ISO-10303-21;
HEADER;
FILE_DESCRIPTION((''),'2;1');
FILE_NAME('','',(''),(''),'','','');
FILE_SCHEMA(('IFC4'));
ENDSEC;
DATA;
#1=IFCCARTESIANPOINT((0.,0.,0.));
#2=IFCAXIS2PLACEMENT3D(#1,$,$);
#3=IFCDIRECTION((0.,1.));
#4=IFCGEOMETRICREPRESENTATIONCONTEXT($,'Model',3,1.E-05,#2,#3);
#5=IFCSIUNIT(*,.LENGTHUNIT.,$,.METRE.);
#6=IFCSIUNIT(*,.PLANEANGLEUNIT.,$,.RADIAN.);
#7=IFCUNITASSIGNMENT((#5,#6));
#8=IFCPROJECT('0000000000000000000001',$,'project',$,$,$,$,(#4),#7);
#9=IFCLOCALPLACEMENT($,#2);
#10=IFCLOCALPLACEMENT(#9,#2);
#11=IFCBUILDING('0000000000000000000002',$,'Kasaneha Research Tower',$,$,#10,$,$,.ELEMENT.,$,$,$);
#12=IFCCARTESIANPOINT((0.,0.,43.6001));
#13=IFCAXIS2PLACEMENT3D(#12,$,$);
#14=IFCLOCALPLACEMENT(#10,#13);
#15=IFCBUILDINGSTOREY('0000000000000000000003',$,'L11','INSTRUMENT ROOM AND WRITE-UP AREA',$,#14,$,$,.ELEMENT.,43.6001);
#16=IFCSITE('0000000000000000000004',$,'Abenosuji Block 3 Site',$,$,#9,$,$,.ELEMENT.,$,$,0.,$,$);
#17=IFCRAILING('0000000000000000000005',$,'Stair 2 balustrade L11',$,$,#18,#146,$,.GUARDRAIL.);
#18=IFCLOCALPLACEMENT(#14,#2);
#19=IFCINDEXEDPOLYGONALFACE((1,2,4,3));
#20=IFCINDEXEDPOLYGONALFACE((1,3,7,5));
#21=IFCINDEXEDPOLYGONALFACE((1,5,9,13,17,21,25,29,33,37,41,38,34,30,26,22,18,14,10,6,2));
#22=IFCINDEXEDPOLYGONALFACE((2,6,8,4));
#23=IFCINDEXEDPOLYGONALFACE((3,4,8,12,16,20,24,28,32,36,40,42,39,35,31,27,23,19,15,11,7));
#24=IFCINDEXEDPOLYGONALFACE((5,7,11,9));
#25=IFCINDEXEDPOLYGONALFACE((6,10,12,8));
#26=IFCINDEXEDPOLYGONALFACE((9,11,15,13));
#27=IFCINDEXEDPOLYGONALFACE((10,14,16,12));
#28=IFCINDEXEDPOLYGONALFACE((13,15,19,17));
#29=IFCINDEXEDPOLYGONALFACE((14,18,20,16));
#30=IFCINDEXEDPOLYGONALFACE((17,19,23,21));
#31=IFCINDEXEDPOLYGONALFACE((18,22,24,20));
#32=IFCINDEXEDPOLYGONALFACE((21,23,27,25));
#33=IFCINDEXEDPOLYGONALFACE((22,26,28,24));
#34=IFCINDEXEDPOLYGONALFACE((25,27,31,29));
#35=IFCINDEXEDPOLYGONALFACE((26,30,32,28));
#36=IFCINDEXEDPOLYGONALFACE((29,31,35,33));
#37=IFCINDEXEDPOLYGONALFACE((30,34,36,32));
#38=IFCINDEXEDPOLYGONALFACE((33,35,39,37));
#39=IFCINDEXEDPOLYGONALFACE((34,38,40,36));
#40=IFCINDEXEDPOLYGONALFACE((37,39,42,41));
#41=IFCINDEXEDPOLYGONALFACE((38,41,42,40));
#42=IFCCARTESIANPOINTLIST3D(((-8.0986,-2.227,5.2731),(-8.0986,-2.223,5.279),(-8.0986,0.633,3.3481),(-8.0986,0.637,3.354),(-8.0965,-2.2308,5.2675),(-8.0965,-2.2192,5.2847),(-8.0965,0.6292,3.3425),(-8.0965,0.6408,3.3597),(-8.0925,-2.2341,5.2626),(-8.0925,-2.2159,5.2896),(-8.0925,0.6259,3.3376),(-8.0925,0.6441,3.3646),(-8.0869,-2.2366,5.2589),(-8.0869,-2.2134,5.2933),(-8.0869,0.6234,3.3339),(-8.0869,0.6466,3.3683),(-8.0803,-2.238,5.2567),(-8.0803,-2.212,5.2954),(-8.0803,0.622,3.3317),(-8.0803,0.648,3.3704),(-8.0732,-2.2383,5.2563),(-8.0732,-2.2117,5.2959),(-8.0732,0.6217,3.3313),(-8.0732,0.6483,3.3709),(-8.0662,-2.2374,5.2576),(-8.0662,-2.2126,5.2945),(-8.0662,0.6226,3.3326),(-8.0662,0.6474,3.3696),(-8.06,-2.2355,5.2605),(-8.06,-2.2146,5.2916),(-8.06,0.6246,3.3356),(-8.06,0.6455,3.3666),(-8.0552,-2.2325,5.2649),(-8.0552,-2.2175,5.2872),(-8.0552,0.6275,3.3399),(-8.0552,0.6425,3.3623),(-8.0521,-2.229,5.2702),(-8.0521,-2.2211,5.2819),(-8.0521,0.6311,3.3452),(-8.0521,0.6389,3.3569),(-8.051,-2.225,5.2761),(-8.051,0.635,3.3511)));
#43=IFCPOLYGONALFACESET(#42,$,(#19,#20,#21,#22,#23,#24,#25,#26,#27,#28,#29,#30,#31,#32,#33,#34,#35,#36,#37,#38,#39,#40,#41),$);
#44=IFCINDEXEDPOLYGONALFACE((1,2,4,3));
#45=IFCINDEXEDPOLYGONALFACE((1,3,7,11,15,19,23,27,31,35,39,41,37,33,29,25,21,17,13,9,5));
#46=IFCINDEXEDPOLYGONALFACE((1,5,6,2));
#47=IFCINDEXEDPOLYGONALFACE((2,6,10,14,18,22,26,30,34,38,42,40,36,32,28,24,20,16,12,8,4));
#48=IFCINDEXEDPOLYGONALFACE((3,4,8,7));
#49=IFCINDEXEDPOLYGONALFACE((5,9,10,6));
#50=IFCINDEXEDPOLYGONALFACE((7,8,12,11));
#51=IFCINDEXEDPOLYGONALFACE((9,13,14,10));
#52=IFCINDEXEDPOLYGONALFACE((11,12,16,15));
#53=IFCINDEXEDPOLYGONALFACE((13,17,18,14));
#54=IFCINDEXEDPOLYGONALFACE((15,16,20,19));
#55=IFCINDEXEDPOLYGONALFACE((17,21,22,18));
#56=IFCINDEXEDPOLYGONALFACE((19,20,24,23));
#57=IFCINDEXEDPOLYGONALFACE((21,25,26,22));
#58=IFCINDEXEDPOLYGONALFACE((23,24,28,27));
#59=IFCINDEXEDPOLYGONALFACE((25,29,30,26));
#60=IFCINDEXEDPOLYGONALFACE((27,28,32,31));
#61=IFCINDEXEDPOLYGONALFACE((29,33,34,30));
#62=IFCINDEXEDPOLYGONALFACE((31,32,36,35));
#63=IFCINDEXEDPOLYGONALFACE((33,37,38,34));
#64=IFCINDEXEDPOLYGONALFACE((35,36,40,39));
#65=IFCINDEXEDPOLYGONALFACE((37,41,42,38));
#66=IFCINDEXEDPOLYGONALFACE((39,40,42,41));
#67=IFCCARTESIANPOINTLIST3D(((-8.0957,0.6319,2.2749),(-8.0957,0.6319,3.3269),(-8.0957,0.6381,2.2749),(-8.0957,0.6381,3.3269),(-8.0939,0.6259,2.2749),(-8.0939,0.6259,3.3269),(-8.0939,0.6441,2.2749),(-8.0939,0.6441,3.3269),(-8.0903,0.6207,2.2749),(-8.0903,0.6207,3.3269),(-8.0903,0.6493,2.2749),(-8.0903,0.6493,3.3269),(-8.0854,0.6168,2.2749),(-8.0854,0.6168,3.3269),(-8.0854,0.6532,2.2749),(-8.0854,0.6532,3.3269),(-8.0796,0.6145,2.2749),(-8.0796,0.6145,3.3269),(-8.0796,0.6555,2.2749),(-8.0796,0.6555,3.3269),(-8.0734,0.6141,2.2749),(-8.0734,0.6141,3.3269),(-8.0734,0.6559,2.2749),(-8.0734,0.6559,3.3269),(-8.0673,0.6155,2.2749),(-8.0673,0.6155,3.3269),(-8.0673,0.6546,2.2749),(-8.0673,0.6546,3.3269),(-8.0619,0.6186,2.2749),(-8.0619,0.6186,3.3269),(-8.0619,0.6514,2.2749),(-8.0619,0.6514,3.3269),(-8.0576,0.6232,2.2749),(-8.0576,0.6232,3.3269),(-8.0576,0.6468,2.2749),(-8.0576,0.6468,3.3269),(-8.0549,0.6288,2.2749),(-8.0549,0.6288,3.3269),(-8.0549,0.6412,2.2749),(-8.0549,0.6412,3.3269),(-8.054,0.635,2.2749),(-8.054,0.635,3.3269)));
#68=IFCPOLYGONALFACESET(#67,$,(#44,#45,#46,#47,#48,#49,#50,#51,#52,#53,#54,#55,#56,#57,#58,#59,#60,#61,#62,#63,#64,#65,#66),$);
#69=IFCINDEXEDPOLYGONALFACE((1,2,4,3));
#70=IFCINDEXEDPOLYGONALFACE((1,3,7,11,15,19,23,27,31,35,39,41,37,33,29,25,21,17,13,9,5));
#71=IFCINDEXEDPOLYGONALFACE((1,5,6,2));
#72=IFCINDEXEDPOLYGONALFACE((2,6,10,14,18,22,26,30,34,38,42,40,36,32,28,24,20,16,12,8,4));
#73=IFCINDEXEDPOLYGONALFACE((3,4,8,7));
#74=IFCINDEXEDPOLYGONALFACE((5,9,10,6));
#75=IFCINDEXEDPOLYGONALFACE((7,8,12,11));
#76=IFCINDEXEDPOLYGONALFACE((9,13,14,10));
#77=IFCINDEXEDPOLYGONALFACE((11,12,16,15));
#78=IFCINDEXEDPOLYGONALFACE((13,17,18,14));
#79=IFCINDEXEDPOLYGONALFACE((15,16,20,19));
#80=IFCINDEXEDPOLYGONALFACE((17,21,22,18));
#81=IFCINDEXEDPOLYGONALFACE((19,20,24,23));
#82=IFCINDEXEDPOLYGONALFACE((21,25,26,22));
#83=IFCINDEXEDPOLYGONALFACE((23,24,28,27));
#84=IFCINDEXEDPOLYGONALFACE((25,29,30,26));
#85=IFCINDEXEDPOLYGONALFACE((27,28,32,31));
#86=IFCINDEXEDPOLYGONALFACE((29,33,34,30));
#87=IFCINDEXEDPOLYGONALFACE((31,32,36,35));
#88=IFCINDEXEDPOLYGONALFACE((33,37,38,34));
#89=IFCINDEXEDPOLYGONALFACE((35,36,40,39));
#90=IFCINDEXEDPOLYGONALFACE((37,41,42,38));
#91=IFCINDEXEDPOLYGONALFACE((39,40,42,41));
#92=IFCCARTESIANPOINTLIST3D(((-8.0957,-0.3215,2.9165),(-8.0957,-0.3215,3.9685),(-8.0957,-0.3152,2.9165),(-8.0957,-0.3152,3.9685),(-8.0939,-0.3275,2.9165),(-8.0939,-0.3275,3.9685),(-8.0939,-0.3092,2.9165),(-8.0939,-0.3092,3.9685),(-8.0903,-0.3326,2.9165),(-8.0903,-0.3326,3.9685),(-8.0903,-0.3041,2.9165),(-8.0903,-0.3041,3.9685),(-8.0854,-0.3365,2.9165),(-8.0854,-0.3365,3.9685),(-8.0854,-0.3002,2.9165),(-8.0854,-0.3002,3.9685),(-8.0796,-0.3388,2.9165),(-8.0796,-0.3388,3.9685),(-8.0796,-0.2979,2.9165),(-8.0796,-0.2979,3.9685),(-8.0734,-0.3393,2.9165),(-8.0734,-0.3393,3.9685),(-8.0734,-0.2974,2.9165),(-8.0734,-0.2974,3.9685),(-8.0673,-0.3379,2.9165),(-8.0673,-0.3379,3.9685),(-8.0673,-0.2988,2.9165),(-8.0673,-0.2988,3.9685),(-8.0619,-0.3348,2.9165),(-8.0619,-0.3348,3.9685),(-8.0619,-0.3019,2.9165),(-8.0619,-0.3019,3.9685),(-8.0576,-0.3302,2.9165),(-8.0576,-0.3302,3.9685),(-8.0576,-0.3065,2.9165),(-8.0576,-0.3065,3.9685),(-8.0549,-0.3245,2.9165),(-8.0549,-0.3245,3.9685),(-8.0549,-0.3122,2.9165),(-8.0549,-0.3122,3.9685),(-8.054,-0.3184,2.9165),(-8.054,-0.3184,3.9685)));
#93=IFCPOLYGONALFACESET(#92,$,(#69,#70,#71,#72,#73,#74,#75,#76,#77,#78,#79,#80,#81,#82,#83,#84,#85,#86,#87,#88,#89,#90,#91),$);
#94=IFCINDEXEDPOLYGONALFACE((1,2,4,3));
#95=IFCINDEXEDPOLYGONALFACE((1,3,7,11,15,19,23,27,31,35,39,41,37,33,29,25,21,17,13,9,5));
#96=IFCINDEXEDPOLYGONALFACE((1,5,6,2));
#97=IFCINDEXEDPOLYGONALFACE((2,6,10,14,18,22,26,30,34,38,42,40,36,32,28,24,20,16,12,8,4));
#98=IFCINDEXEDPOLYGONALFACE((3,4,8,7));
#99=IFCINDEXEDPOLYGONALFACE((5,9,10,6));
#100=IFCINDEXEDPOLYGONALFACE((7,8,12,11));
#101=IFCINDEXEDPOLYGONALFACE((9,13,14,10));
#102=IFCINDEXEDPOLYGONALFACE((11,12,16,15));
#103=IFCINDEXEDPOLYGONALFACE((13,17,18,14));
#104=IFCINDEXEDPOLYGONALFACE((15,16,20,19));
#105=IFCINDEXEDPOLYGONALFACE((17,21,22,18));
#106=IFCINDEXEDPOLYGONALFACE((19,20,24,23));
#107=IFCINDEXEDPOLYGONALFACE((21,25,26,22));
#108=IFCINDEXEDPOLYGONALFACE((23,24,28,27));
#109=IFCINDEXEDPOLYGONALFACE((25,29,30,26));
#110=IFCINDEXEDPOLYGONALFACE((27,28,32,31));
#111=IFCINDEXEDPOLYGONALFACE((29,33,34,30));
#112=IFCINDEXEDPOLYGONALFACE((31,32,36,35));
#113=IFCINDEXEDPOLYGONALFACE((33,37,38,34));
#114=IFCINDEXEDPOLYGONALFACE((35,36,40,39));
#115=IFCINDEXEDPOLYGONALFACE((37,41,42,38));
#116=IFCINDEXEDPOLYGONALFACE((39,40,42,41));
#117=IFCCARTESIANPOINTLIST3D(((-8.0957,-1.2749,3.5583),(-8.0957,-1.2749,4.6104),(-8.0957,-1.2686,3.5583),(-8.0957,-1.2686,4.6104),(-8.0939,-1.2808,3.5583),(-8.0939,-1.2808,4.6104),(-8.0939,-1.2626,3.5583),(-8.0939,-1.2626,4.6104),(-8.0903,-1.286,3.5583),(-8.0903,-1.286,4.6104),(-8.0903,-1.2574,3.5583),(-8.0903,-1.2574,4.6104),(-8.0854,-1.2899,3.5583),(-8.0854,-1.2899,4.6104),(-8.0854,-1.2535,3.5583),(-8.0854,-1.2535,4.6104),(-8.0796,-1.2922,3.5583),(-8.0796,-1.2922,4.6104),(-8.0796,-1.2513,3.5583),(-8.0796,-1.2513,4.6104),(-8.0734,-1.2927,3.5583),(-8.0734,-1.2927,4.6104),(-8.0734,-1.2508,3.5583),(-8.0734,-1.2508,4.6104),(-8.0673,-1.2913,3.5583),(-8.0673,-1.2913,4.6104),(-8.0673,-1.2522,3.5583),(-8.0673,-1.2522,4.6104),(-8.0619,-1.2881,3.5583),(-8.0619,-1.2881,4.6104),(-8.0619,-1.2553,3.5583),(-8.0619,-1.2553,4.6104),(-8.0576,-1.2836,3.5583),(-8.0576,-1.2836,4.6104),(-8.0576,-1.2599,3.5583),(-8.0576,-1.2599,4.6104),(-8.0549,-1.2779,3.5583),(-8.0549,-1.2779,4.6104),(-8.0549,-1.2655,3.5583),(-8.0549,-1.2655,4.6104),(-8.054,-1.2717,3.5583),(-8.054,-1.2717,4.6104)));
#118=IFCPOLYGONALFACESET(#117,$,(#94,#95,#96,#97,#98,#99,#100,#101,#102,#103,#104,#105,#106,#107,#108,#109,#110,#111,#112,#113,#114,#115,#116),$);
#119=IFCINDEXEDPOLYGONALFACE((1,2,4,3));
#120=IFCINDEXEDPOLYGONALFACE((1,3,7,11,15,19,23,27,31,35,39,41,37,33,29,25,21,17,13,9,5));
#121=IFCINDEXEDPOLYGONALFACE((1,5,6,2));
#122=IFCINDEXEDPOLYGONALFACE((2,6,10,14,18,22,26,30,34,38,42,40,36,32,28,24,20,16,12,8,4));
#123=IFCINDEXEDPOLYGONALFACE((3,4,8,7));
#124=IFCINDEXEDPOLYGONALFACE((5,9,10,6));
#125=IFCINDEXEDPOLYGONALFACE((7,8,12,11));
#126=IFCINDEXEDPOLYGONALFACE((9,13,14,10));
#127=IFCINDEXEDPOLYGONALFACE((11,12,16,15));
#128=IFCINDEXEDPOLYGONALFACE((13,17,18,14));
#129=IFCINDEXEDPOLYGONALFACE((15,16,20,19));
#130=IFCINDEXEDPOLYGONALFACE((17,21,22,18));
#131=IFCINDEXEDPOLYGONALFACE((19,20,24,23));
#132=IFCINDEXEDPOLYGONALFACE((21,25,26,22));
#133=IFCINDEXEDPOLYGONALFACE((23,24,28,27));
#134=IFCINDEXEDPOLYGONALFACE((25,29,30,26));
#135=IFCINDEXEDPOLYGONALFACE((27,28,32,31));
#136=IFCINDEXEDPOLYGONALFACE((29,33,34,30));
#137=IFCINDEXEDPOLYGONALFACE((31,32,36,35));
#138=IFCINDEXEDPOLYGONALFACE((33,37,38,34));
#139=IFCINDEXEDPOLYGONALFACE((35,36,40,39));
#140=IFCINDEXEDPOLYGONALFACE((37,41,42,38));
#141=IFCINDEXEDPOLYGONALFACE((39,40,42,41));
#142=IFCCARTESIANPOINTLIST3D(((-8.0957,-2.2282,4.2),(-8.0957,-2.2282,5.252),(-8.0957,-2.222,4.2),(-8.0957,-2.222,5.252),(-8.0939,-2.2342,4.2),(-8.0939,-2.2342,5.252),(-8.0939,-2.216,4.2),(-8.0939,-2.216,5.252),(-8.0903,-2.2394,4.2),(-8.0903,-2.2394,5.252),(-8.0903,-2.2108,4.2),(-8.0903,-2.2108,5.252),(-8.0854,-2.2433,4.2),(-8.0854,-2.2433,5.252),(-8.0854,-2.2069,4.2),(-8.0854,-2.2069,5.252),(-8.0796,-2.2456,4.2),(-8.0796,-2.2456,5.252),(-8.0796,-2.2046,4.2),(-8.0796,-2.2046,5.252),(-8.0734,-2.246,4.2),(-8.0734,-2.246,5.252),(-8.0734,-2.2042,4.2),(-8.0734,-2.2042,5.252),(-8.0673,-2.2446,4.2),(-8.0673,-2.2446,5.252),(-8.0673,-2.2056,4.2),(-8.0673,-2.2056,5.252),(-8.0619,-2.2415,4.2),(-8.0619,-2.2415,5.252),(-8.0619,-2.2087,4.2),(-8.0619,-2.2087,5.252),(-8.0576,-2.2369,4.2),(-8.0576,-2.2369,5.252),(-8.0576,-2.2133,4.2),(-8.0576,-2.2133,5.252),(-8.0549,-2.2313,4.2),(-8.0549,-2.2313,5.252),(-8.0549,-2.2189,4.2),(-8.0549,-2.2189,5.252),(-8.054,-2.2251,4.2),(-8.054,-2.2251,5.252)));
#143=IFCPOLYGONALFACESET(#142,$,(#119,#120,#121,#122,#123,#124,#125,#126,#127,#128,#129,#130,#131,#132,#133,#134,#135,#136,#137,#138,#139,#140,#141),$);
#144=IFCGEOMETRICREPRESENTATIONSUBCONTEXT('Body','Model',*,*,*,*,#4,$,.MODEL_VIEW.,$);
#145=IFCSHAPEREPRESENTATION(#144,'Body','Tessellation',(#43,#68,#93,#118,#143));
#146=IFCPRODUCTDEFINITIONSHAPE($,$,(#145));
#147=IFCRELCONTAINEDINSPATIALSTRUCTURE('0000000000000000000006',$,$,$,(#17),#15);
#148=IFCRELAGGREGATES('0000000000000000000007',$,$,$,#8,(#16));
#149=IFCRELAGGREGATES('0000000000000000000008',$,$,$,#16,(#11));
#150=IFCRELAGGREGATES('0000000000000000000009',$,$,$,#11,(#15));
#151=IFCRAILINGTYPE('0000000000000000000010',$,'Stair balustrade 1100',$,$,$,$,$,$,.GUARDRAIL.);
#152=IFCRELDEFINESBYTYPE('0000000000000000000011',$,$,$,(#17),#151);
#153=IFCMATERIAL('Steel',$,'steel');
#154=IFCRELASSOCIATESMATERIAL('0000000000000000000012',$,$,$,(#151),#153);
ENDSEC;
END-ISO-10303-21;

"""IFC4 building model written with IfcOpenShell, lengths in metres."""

from ifc_helpers import new_model, si_unit, direction, frame, origin, origin_2d, place, context, subcontext, project, spatial, circle, extrude, material, type_object, element, save


model = new_model("IFC4")

# Units and contexts
model_context = context("Model", 3, precision=1e-05, world=origin(), true_north=direction((0.0, 1.0)))
body_context = subcontext(model_context, "Body", "Model", "MODEL_VIEW")
ifc_project = project(units=[si_unit("LENGTHUNIT", "METRE"), si_unit("PLANEANGLEUNIT", "RADIAN")], contexts=[model_context])

# Site, building, storey
site_placement = place(None, origin())
site = spatial("IfcSite", under=ifc_project, at=site_placement, Name="Abenosuji Block 3 Site", CompositionType="ELEMENT", RefElevation=0.0)
building_placement = place(site_placement, origin())
building = spatial("IfcBuilding", under=site, at=building_placement, Name="Kasaneha Research Tower", CompositionType="ELEMENT")
storey_placement = place(building_placement, frame((0.0, 0.0, 43.6001)))
storey = spatial("IfcBuildingStorey", under=building, at=storey_placement, Name="L11", Description="INSTRUMENT ROOM AND WRITE-UP AREA", CompositionType="ELEMENT", Elevation=43.6001)

# Railing
ifc_material_1 = material(Name="Steel", Category="steel")
railing_type_1 = type_object("IfcRailingType", Name="Stair balustrade 1100", PredefinedType="GUARDRAIL", material=ifc_material_1)
railing_1_placement = place(storey_placement, frame((-8.075, 0.635, 2.2749)))
element("IfcRailing", 1, at=railing_1_placement, inside=storey, type_object=railing_type_1, Name="Stair 2 balustrade L11", PredefinedType="GUARDRAIL", context=body_context, shape_type="SweptSolid", body=[
    extrude(circle(Radius=0.0239, at=origin_2d()), frame((0.0, 0.0, 1.0762), z_axis=(0.0, -0.829591, 0.558372), x_axis=(1.0, 0.0, 0.0)), (0.0, 0.0, 1.0), 3.4475),
    extrude(circle(Radius=0.021, at=origin_2d()), origin(), (0.0, 0.0, 1.0), 1.052),
    extrude(circle(Radius=0.021, at=origin_2d()), frame((0.0, -0.9534, 0.6416)), (0.0, 0.0, 1.0), 1.052),
    extrude(circle(Radius=0.021, at=origin_2d()), frame((0.0, -1.9067, 1.2834)), (0.0, 0.0, 1.0), 1.052),
    extrude(circle(Radius=0.021, at=origin_2d()), frame((0.0, -2.8601, 1.925)), (0.0, 0.0, 1.0), 1.052),
])

save(model, "model.ifc")
